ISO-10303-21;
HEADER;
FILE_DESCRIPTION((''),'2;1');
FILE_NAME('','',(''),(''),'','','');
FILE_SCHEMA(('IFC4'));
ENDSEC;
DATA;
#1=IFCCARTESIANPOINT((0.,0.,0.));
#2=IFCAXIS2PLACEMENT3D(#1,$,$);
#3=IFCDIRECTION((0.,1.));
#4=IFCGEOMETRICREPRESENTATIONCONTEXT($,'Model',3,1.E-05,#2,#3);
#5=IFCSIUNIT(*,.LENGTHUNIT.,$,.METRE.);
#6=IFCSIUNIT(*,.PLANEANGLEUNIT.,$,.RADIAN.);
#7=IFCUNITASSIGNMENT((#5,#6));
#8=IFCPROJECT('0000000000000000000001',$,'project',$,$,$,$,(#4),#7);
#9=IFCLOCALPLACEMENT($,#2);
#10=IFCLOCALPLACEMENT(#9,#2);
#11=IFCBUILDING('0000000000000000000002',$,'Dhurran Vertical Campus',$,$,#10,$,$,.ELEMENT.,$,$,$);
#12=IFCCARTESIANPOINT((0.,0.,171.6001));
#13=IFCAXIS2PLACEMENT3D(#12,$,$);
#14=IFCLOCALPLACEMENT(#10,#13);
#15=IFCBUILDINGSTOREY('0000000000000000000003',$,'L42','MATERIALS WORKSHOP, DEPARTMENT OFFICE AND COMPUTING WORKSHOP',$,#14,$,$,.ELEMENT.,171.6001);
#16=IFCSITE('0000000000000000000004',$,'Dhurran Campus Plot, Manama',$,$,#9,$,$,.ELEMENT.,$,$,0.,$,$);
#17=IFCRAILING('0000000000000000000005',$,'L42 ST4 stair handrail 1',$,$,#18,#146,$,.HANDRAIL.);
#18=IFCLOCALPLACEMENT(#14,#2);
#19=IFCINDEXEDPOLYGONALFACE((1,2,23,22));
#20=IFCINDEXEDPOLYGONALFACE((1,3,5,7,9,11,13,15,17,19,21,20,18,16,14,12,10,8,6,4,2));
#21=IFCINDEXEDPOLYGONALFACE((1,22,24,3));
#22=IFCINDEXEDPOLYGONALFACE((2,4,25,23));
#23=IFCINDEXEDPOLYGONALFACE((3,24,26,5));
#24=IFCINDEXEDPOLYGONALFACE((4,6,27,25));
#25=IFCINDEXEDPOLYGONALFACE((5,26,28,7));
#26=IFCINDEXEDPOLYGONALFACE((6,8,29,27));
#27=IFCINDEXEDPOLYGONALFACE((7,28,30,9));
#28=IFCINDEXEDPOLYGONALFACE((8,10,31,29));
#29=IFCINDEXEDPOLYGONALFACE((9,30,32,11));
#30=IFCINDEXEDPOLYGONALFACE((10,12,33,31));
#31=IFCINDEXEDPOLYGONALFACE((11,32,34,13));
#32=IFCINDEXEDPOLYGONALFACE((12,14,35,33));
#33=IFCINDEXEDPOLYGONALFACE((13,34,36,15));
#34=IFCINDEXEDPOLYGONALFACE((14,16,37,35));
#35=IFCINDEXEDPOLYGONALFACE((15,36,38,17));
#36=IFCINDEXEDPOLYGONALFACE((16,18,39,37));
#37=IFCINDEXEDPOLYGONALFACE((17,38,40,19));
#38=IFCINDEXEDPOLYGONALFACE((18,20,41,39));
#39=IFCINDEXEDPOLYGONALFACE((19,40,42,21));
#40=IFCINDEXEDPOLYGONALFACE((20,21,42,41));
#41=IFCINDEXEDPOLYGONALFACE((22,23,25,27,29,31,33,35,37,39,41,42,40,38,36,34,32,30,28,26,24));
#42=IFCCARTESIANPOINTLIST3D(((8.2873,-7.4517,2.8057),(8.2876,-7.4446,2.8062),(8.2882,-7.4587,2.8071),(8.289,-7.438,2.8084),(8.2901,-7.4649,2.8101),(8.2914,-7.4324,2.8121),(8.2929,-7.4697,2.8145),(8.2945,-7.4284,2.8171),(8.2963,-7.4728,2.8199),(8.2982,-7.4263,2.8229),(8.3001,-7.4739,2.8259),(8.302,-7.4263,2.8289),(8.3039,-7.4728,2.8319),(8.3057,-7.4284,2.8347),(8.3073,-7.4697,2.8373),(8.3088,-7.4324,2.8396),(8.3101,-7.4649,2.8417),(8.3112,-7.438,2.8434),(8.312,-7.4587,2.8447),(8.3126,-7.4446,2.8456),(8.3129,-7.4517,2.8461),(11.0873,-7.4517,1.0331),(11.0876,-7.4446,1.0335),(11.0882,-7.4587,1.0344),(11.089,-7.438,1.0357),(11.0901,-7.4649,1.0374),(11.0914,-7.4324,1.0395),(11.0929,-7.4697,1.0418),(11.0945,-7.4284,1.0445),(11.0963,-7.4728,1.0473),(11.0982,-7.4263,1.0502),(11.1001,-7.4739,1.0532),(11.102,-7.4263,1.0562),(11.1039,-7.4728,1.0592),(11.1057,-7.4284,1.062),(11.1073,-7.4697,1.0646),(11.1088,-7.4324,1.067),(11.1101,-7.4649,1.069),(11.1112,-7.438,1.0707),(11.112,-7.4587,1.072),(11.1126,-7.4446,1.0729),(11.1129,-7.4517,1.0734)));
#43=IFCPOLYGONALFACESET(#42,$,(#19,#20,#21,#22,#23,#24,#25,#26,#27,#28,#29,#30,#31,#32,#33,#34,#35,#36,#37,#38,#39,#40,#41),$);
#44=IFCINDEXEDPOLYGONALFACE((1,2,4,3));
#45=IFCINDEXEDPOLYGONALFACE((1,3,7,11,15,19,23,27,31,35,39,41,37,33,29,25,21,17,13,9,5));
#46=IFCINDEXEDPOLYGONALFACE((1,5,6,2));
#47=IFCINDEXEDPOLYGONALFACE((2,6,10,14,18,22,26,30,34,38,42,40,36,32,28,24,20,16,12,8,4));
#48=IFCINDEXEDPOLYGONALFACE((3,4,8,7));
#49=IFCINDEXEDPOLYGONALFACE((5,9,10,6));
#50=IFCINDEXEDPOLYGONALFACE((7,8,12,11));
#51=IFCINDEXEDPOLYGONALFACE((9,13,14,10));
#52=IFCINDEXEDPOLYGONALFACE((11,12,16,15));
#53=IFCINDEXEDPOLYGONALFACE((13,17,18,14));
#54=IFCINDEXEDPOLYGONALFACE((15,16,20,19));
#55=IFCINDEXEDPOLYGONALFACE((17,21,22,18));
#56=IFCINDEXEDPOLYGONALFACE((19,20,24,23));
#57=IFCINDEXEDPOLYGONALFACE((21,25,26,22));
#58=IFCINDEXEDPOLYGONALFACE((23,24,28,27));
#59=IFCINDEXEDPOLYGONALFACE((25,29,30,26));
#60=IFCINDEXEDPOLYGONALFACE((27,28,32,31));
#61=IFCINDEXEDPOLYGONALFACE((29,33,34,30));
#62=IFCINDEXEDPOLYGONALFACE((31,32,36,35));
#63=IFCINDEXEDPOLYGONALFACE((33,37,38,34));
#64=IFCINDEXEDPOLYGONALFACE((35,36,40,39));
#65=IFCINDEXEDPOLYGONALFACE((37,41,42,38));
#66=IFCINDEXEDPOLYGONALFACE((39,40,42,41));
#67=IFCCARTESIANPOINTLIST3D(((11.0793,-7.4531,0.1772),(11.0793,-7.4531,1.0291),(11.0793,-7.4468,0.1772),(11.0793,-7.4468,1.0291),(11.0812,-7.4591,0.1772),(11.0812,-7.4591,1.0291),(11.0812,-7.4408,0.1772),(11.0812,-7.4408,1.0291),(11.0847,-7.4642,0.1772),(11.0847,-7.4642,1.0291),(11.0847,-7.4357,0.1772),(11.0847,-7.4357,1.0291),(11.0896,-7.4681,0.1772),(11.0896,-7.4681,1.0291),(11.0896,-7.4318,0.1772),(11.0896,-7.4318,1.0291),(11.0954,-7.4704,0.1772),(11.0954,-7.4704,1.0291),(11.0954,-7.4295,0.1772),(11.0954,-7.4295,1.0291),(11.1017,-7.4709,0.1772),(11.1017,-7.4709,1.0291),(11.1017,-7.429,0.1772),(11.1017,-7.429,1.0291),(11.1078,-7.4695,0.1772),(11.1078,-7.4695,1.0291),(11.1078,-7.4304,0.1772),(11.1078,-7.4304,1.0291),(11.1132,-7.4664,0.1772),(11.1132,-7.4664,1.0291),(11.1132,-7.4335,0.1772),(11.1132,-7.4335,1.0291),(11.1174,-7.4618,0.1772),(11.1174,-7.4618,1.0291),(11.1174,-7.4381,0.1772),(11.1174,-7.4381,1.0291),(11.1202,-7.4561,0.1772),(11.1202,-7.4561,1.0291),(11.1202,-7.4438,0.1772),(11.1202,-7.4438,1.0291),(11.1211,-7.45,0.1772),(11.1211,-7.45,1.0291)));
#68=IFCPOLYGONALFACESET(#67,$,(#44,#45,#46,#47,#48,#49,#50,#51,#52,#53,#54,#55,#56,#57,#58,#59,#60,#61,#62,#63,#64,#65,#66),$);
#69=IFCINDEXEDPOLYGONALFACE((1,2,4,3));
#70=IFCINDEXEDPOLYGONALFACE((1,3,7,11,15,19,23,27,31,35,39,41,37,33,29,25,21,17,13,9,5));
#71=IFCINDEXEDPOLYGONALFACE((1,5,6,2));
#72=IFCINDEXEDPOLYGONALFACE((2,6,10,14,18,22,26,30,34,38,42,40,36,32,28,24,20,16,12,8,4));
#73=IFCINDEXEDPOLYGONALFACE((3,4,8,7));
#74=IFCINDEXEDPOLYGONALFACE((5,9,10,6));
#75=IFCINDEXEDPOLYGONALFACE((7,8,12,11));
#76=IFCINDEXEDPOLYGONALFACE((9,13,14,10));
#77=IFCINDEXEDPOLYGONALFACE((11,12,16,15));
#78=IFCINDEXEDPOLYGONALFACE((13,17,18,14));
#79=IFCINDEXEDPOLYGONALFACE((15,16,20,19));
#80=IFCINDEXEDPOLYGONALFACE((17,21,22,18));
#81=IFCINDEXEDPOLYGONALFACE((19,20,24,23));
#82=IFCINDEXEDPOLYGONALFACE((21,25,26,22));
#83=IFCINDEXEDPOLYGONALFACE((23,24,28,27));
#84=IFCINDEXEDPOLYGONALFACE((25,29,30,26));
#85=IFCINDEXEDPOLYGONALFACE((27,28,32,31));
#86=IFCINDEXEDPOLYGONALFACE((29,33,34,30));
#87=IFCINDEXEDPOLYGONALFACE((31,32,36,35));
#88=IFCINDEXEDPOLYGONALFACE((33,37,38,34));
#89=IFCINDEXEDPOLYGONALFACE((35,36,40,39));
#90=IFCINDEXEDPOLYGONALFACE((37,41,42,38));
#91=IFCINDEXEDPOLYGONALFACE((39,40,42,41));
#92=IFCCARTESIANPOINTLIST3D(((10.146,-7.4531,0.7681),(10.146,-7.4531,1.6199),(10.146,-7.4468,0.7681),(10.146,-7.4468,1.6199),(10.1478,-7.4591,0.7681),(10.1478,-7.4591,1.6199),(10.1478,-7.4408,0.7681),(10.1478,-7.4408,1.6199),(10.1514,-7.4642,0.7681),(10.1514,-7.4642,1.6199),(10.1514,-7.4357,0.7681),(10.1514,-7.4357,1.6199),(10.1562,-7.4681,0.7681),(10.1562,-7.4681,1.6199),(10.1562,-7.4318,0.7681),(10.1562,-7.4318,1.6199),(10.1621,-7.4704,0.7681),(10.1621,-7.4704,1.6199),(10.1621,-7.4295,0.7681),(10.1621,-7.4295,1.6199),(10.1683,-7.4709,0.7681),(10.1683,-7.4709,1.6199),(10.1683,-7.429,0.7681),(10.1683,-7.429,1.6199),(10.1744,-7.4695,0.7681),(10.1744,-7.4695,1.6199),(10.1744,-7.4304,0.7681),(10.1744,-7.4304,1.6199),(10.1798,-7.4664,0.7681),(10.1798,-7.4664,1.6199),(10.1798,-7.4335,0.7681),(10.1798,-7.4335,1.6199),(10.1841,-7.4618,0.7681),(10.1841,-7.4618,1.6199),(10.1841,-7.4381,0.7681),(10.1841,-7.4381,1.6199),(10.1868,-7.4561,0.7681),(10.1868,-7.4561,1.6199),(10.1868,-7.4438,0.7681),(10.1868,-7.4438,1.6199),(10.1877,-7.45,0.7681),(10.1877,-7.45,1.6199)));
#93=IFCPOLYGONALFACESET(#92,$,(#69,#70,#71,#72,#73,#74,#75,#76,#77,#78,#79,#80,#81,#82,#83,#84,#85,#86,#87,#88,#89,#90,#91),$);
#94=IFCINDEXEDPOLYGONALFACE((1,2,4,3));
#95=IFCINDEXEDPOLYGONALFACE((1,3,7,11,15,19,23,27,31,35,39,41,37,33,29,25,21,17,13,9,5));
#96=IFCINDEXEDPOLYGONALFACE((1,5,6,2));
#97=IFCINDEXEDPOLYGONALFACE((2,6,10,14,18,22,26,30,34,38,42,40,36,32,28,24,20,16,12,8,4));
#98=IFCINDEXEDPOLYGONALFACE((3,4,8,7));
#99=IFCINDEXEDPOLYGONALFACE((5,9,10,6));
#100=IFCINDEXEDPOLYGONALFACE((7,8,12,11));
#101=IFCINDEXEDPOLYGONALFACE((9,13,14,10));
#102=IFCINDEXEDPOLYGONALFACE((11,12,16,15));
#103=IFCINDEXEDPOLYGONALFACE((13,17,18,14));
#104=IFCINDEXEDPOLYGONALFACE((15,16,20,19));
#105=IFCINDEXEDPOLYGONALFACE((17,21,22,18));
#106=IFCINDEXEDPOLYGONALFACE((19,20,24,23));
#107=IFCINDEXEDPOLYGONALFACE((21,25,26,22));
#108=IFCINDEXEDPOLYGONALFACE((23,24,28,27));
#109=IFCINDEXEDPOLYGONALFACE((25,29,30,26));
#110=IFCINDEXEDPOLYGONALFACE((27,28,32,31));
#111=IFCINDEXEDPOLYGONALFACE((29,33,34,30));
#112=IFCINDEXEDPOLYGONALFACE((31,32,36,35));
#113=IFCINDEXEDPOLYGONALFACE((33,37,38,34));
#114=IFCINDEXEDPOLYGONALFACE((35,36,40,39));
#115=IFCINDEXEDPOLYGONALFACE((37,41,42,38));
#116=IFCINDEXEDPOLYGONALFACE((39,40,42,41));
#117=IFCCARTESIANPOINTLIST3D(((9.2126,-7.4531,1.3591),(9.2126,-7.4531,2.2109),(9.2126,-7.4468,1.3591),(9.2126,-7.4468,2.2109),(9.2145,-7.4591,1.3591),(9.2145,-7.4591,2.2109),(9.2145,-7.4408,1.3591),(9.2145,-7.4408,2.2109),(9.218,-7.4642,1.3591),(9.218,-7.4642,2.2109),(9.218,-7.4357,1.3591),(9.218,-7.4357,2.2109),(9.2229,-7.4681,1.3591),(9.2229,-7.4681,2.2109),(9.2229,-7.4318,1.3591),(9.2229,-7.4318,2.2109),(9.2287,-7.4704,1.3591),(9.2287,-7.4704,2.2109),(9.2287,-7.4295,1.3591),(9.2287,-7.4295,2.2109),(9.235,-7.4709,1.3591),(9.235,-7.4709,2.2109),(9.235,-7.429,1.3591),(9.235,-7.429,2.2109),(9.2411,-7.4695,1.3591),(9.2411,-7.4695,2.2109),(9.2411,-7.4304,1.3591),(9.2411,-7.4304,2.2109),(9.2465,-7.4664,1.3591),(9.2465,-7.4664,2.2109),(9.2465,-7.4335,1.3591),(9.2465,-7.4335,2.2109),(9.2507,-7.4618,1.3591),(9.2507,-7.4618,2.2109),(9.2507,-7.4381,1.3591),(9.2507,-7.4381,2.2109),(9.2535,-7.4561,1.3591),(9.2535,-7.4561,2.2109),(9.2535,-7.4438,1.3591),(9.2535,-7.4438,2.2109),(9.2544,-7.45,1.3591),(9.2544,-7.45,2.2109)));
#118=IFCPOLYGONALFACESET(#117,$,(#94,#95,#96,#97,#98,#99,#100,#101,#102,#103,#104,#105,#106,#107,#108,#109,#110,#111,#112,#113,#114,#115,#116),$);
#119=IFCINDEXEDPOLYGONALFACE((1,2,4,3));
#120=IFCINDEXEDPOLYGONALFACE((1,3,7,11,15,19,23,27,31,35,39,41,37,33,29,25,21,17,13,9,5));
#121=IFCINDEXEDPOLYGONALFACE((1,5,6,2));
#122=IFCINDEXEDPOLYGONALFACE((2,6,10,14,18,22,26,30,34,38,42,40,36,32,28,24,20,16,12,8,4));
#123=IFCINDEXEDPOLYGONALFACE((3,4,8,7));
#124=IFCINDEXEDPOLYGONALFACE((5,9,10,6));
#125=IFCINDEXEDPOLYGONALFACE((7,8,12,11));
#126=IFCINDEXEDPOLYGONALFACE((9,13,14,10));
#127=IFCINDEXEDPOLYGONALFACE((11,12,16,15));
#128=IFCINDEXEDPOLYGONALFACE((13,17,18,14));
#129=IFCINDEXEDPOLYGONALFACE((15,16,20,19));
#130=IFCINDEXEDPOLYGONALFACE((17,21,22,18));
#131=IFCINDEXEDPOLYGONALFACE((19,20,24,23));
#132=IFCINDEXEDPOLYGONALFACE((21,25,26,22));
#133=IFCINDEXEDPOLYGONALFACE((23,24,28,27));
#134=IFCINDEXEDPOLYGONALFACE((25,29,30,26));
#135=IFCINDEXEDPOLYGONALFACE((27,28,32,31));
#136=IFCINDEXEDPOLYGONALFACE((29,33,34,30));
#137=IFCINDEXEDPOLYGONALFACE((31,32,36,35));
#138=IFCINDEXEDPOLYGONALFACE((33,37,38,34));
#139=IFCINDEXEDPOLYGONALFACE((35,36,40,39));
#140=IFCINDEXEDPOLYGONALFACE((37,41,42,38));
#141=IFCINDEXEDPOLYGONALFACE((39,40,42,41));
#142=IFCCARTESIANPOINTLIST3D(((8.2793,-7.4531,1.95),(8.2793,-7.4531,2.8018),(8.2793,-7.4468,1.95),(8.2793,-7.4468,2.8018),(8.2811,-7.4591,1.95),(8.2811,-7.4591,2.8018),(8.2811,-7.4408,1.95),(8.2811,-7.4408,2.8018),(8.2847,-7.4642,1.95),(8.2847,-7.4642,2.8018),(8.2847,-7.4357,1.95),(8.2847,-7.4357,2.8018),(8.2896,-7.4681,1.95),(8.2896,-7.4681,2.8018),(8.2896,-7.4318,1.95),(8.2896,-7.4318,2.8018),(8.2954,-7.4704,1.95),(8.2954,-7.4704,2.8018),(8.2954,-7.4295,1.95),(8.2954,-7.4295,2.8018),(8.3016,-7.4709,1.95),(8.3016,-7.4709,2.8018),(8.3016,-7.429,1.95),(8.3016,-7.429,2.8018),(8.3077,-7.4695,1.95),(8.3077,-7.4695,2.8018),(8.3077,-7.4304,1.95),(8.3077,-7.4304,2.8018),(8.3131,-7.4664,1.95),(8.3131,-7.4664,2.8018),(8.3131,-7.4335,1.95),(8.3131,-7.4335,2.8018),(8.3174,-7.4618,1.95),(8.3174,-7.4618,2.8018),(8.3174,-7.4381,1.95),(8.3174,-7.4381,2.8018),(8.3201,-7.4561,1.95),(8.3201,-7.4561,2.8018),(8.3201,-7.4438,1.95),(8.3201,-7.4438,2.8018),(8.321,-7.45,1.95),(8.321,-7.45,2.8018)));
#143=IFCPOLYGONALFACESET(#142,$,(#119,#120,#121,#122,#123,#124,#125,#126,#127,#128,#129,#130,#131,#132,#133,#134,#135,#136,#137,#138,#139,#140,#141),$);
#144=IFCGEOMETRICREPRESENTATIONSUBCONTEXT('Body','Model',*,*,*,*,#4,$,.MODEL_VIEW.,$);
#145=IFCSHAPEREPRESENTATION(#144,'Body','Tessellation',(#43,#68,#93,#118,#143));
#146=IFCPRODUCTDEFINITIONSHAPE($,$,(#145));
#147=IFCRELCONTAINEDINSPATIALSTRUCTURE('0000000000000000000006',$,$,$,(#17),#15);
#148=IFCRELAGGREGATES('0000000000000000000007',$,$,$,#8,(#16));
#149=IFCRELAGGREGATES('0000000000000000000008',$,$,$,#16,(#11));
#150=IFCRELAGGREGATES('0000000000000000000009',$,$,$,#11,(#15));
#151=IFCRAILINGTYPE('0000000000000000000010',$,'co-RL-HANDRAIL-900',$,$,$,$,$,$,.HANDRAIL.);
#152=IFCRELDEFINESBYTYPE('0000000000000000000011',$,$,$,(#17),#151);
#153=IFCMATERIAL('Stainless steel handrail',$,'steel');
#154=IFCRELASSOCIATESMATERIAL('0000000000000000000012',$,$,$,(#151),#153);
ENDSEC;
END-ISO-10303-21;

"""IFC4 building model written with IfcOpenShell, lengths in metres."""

from ifc_helpers import new_model, si_unit, direction, frame, origin, origin_2d, place, context, subcontext, project, spatial, circle, extrude, material, type_object, element, save


model = new_model("IFC4")

# Units and contexts
model_context = context("Model", 3, precision=1e-05, world=origin(), true_north=direction((0.0, 1.0)))
body_context = subcontext(model_context, "Body", "Model", "MODEL_VIEW")
ifc_project = project(units=[si_unit("LENGTHUNIT", "METRE"), si_unit("PLANEANGLEUNIT", "RADIAN")], contexts=[model_context])

# Site, building, storey
site_placement = place(None, origin())
site = spatial("IfcSite", under=ifc_project, at=site_placement, Name="Dhurran Campus Plot, Manama", CompositionType="ELEMENT", RefElevation=0.0)
building_placement = place(site_placement, origin())
building = spatial("IfcBuilding", under=site, at=building_placement, Name="Dhurran Vertical Campus", CompositionType="ELEMENT")
storey_placement = place(building_placement, frame((0.0, 0.0, 171.6001)))
storey = spatial("IfcBuildingStorey", under=building, at=storey_placement, Name="L42", Description="MATERIALS WORKSHOP, DEPARTMENT OFFICE AND COMPUTING WORKSHOP", CompositionType="ELEMENT", Elevation=171.6001)

# Railing
ifc_material_1 = material(Name="Stainless steel handrail", Category="steel")
railing_type_1 = type_object("IfcRailingType", Name="co-RL-HANDRAIL-900", PredefinedType="HANDRAIL", material=ifc_material_1)
railing_1_placement = place(storey_placement, frame((11.1001, -7.45, 0.1772)))
element("IfcRailing", 1, at=railing_1_placement, inside=storey, type_object=railing_type_1, Name="L42 ST4 stair handrail 1", PredefinedType="HANDRAIL", context=body_context, shape_type="SweptSolid", body=[
    extrude(circle(Radius=0.0239, at=origin_2d()), frame((0.0, 0.0, 0.876), z_axis=(-0.844909, 0.0, 0.53491), x_axis=(0.0, -1.0, 0.0)), (0.0, 0.0, 1.0), 3.314),
    extrude(circle(Radius=0.021, at=origin_2d()), origin(), (0.0, 0.0, 1.0), 0.8518),
    extrude(circle(Radius=0.021, at=origin_2d()), frame((-0.9333, 0.0, 0.5908)), (0.0, 0.0, 1.0), 0.8518),
    extrude(circle(Radius=0.021, at=origin_2d()), frame((-1.8667, 0.0, 1.1819)), (0.0, 0.0, 1.0), 0.8518),
    extrude(circle(Radius=0.021, at=origin_2d()), frame((-2.8, 0.0, 1.7727)), (0.0, 0.0, 1.0), 0.8518),
])

save(model, "model.ifc")
